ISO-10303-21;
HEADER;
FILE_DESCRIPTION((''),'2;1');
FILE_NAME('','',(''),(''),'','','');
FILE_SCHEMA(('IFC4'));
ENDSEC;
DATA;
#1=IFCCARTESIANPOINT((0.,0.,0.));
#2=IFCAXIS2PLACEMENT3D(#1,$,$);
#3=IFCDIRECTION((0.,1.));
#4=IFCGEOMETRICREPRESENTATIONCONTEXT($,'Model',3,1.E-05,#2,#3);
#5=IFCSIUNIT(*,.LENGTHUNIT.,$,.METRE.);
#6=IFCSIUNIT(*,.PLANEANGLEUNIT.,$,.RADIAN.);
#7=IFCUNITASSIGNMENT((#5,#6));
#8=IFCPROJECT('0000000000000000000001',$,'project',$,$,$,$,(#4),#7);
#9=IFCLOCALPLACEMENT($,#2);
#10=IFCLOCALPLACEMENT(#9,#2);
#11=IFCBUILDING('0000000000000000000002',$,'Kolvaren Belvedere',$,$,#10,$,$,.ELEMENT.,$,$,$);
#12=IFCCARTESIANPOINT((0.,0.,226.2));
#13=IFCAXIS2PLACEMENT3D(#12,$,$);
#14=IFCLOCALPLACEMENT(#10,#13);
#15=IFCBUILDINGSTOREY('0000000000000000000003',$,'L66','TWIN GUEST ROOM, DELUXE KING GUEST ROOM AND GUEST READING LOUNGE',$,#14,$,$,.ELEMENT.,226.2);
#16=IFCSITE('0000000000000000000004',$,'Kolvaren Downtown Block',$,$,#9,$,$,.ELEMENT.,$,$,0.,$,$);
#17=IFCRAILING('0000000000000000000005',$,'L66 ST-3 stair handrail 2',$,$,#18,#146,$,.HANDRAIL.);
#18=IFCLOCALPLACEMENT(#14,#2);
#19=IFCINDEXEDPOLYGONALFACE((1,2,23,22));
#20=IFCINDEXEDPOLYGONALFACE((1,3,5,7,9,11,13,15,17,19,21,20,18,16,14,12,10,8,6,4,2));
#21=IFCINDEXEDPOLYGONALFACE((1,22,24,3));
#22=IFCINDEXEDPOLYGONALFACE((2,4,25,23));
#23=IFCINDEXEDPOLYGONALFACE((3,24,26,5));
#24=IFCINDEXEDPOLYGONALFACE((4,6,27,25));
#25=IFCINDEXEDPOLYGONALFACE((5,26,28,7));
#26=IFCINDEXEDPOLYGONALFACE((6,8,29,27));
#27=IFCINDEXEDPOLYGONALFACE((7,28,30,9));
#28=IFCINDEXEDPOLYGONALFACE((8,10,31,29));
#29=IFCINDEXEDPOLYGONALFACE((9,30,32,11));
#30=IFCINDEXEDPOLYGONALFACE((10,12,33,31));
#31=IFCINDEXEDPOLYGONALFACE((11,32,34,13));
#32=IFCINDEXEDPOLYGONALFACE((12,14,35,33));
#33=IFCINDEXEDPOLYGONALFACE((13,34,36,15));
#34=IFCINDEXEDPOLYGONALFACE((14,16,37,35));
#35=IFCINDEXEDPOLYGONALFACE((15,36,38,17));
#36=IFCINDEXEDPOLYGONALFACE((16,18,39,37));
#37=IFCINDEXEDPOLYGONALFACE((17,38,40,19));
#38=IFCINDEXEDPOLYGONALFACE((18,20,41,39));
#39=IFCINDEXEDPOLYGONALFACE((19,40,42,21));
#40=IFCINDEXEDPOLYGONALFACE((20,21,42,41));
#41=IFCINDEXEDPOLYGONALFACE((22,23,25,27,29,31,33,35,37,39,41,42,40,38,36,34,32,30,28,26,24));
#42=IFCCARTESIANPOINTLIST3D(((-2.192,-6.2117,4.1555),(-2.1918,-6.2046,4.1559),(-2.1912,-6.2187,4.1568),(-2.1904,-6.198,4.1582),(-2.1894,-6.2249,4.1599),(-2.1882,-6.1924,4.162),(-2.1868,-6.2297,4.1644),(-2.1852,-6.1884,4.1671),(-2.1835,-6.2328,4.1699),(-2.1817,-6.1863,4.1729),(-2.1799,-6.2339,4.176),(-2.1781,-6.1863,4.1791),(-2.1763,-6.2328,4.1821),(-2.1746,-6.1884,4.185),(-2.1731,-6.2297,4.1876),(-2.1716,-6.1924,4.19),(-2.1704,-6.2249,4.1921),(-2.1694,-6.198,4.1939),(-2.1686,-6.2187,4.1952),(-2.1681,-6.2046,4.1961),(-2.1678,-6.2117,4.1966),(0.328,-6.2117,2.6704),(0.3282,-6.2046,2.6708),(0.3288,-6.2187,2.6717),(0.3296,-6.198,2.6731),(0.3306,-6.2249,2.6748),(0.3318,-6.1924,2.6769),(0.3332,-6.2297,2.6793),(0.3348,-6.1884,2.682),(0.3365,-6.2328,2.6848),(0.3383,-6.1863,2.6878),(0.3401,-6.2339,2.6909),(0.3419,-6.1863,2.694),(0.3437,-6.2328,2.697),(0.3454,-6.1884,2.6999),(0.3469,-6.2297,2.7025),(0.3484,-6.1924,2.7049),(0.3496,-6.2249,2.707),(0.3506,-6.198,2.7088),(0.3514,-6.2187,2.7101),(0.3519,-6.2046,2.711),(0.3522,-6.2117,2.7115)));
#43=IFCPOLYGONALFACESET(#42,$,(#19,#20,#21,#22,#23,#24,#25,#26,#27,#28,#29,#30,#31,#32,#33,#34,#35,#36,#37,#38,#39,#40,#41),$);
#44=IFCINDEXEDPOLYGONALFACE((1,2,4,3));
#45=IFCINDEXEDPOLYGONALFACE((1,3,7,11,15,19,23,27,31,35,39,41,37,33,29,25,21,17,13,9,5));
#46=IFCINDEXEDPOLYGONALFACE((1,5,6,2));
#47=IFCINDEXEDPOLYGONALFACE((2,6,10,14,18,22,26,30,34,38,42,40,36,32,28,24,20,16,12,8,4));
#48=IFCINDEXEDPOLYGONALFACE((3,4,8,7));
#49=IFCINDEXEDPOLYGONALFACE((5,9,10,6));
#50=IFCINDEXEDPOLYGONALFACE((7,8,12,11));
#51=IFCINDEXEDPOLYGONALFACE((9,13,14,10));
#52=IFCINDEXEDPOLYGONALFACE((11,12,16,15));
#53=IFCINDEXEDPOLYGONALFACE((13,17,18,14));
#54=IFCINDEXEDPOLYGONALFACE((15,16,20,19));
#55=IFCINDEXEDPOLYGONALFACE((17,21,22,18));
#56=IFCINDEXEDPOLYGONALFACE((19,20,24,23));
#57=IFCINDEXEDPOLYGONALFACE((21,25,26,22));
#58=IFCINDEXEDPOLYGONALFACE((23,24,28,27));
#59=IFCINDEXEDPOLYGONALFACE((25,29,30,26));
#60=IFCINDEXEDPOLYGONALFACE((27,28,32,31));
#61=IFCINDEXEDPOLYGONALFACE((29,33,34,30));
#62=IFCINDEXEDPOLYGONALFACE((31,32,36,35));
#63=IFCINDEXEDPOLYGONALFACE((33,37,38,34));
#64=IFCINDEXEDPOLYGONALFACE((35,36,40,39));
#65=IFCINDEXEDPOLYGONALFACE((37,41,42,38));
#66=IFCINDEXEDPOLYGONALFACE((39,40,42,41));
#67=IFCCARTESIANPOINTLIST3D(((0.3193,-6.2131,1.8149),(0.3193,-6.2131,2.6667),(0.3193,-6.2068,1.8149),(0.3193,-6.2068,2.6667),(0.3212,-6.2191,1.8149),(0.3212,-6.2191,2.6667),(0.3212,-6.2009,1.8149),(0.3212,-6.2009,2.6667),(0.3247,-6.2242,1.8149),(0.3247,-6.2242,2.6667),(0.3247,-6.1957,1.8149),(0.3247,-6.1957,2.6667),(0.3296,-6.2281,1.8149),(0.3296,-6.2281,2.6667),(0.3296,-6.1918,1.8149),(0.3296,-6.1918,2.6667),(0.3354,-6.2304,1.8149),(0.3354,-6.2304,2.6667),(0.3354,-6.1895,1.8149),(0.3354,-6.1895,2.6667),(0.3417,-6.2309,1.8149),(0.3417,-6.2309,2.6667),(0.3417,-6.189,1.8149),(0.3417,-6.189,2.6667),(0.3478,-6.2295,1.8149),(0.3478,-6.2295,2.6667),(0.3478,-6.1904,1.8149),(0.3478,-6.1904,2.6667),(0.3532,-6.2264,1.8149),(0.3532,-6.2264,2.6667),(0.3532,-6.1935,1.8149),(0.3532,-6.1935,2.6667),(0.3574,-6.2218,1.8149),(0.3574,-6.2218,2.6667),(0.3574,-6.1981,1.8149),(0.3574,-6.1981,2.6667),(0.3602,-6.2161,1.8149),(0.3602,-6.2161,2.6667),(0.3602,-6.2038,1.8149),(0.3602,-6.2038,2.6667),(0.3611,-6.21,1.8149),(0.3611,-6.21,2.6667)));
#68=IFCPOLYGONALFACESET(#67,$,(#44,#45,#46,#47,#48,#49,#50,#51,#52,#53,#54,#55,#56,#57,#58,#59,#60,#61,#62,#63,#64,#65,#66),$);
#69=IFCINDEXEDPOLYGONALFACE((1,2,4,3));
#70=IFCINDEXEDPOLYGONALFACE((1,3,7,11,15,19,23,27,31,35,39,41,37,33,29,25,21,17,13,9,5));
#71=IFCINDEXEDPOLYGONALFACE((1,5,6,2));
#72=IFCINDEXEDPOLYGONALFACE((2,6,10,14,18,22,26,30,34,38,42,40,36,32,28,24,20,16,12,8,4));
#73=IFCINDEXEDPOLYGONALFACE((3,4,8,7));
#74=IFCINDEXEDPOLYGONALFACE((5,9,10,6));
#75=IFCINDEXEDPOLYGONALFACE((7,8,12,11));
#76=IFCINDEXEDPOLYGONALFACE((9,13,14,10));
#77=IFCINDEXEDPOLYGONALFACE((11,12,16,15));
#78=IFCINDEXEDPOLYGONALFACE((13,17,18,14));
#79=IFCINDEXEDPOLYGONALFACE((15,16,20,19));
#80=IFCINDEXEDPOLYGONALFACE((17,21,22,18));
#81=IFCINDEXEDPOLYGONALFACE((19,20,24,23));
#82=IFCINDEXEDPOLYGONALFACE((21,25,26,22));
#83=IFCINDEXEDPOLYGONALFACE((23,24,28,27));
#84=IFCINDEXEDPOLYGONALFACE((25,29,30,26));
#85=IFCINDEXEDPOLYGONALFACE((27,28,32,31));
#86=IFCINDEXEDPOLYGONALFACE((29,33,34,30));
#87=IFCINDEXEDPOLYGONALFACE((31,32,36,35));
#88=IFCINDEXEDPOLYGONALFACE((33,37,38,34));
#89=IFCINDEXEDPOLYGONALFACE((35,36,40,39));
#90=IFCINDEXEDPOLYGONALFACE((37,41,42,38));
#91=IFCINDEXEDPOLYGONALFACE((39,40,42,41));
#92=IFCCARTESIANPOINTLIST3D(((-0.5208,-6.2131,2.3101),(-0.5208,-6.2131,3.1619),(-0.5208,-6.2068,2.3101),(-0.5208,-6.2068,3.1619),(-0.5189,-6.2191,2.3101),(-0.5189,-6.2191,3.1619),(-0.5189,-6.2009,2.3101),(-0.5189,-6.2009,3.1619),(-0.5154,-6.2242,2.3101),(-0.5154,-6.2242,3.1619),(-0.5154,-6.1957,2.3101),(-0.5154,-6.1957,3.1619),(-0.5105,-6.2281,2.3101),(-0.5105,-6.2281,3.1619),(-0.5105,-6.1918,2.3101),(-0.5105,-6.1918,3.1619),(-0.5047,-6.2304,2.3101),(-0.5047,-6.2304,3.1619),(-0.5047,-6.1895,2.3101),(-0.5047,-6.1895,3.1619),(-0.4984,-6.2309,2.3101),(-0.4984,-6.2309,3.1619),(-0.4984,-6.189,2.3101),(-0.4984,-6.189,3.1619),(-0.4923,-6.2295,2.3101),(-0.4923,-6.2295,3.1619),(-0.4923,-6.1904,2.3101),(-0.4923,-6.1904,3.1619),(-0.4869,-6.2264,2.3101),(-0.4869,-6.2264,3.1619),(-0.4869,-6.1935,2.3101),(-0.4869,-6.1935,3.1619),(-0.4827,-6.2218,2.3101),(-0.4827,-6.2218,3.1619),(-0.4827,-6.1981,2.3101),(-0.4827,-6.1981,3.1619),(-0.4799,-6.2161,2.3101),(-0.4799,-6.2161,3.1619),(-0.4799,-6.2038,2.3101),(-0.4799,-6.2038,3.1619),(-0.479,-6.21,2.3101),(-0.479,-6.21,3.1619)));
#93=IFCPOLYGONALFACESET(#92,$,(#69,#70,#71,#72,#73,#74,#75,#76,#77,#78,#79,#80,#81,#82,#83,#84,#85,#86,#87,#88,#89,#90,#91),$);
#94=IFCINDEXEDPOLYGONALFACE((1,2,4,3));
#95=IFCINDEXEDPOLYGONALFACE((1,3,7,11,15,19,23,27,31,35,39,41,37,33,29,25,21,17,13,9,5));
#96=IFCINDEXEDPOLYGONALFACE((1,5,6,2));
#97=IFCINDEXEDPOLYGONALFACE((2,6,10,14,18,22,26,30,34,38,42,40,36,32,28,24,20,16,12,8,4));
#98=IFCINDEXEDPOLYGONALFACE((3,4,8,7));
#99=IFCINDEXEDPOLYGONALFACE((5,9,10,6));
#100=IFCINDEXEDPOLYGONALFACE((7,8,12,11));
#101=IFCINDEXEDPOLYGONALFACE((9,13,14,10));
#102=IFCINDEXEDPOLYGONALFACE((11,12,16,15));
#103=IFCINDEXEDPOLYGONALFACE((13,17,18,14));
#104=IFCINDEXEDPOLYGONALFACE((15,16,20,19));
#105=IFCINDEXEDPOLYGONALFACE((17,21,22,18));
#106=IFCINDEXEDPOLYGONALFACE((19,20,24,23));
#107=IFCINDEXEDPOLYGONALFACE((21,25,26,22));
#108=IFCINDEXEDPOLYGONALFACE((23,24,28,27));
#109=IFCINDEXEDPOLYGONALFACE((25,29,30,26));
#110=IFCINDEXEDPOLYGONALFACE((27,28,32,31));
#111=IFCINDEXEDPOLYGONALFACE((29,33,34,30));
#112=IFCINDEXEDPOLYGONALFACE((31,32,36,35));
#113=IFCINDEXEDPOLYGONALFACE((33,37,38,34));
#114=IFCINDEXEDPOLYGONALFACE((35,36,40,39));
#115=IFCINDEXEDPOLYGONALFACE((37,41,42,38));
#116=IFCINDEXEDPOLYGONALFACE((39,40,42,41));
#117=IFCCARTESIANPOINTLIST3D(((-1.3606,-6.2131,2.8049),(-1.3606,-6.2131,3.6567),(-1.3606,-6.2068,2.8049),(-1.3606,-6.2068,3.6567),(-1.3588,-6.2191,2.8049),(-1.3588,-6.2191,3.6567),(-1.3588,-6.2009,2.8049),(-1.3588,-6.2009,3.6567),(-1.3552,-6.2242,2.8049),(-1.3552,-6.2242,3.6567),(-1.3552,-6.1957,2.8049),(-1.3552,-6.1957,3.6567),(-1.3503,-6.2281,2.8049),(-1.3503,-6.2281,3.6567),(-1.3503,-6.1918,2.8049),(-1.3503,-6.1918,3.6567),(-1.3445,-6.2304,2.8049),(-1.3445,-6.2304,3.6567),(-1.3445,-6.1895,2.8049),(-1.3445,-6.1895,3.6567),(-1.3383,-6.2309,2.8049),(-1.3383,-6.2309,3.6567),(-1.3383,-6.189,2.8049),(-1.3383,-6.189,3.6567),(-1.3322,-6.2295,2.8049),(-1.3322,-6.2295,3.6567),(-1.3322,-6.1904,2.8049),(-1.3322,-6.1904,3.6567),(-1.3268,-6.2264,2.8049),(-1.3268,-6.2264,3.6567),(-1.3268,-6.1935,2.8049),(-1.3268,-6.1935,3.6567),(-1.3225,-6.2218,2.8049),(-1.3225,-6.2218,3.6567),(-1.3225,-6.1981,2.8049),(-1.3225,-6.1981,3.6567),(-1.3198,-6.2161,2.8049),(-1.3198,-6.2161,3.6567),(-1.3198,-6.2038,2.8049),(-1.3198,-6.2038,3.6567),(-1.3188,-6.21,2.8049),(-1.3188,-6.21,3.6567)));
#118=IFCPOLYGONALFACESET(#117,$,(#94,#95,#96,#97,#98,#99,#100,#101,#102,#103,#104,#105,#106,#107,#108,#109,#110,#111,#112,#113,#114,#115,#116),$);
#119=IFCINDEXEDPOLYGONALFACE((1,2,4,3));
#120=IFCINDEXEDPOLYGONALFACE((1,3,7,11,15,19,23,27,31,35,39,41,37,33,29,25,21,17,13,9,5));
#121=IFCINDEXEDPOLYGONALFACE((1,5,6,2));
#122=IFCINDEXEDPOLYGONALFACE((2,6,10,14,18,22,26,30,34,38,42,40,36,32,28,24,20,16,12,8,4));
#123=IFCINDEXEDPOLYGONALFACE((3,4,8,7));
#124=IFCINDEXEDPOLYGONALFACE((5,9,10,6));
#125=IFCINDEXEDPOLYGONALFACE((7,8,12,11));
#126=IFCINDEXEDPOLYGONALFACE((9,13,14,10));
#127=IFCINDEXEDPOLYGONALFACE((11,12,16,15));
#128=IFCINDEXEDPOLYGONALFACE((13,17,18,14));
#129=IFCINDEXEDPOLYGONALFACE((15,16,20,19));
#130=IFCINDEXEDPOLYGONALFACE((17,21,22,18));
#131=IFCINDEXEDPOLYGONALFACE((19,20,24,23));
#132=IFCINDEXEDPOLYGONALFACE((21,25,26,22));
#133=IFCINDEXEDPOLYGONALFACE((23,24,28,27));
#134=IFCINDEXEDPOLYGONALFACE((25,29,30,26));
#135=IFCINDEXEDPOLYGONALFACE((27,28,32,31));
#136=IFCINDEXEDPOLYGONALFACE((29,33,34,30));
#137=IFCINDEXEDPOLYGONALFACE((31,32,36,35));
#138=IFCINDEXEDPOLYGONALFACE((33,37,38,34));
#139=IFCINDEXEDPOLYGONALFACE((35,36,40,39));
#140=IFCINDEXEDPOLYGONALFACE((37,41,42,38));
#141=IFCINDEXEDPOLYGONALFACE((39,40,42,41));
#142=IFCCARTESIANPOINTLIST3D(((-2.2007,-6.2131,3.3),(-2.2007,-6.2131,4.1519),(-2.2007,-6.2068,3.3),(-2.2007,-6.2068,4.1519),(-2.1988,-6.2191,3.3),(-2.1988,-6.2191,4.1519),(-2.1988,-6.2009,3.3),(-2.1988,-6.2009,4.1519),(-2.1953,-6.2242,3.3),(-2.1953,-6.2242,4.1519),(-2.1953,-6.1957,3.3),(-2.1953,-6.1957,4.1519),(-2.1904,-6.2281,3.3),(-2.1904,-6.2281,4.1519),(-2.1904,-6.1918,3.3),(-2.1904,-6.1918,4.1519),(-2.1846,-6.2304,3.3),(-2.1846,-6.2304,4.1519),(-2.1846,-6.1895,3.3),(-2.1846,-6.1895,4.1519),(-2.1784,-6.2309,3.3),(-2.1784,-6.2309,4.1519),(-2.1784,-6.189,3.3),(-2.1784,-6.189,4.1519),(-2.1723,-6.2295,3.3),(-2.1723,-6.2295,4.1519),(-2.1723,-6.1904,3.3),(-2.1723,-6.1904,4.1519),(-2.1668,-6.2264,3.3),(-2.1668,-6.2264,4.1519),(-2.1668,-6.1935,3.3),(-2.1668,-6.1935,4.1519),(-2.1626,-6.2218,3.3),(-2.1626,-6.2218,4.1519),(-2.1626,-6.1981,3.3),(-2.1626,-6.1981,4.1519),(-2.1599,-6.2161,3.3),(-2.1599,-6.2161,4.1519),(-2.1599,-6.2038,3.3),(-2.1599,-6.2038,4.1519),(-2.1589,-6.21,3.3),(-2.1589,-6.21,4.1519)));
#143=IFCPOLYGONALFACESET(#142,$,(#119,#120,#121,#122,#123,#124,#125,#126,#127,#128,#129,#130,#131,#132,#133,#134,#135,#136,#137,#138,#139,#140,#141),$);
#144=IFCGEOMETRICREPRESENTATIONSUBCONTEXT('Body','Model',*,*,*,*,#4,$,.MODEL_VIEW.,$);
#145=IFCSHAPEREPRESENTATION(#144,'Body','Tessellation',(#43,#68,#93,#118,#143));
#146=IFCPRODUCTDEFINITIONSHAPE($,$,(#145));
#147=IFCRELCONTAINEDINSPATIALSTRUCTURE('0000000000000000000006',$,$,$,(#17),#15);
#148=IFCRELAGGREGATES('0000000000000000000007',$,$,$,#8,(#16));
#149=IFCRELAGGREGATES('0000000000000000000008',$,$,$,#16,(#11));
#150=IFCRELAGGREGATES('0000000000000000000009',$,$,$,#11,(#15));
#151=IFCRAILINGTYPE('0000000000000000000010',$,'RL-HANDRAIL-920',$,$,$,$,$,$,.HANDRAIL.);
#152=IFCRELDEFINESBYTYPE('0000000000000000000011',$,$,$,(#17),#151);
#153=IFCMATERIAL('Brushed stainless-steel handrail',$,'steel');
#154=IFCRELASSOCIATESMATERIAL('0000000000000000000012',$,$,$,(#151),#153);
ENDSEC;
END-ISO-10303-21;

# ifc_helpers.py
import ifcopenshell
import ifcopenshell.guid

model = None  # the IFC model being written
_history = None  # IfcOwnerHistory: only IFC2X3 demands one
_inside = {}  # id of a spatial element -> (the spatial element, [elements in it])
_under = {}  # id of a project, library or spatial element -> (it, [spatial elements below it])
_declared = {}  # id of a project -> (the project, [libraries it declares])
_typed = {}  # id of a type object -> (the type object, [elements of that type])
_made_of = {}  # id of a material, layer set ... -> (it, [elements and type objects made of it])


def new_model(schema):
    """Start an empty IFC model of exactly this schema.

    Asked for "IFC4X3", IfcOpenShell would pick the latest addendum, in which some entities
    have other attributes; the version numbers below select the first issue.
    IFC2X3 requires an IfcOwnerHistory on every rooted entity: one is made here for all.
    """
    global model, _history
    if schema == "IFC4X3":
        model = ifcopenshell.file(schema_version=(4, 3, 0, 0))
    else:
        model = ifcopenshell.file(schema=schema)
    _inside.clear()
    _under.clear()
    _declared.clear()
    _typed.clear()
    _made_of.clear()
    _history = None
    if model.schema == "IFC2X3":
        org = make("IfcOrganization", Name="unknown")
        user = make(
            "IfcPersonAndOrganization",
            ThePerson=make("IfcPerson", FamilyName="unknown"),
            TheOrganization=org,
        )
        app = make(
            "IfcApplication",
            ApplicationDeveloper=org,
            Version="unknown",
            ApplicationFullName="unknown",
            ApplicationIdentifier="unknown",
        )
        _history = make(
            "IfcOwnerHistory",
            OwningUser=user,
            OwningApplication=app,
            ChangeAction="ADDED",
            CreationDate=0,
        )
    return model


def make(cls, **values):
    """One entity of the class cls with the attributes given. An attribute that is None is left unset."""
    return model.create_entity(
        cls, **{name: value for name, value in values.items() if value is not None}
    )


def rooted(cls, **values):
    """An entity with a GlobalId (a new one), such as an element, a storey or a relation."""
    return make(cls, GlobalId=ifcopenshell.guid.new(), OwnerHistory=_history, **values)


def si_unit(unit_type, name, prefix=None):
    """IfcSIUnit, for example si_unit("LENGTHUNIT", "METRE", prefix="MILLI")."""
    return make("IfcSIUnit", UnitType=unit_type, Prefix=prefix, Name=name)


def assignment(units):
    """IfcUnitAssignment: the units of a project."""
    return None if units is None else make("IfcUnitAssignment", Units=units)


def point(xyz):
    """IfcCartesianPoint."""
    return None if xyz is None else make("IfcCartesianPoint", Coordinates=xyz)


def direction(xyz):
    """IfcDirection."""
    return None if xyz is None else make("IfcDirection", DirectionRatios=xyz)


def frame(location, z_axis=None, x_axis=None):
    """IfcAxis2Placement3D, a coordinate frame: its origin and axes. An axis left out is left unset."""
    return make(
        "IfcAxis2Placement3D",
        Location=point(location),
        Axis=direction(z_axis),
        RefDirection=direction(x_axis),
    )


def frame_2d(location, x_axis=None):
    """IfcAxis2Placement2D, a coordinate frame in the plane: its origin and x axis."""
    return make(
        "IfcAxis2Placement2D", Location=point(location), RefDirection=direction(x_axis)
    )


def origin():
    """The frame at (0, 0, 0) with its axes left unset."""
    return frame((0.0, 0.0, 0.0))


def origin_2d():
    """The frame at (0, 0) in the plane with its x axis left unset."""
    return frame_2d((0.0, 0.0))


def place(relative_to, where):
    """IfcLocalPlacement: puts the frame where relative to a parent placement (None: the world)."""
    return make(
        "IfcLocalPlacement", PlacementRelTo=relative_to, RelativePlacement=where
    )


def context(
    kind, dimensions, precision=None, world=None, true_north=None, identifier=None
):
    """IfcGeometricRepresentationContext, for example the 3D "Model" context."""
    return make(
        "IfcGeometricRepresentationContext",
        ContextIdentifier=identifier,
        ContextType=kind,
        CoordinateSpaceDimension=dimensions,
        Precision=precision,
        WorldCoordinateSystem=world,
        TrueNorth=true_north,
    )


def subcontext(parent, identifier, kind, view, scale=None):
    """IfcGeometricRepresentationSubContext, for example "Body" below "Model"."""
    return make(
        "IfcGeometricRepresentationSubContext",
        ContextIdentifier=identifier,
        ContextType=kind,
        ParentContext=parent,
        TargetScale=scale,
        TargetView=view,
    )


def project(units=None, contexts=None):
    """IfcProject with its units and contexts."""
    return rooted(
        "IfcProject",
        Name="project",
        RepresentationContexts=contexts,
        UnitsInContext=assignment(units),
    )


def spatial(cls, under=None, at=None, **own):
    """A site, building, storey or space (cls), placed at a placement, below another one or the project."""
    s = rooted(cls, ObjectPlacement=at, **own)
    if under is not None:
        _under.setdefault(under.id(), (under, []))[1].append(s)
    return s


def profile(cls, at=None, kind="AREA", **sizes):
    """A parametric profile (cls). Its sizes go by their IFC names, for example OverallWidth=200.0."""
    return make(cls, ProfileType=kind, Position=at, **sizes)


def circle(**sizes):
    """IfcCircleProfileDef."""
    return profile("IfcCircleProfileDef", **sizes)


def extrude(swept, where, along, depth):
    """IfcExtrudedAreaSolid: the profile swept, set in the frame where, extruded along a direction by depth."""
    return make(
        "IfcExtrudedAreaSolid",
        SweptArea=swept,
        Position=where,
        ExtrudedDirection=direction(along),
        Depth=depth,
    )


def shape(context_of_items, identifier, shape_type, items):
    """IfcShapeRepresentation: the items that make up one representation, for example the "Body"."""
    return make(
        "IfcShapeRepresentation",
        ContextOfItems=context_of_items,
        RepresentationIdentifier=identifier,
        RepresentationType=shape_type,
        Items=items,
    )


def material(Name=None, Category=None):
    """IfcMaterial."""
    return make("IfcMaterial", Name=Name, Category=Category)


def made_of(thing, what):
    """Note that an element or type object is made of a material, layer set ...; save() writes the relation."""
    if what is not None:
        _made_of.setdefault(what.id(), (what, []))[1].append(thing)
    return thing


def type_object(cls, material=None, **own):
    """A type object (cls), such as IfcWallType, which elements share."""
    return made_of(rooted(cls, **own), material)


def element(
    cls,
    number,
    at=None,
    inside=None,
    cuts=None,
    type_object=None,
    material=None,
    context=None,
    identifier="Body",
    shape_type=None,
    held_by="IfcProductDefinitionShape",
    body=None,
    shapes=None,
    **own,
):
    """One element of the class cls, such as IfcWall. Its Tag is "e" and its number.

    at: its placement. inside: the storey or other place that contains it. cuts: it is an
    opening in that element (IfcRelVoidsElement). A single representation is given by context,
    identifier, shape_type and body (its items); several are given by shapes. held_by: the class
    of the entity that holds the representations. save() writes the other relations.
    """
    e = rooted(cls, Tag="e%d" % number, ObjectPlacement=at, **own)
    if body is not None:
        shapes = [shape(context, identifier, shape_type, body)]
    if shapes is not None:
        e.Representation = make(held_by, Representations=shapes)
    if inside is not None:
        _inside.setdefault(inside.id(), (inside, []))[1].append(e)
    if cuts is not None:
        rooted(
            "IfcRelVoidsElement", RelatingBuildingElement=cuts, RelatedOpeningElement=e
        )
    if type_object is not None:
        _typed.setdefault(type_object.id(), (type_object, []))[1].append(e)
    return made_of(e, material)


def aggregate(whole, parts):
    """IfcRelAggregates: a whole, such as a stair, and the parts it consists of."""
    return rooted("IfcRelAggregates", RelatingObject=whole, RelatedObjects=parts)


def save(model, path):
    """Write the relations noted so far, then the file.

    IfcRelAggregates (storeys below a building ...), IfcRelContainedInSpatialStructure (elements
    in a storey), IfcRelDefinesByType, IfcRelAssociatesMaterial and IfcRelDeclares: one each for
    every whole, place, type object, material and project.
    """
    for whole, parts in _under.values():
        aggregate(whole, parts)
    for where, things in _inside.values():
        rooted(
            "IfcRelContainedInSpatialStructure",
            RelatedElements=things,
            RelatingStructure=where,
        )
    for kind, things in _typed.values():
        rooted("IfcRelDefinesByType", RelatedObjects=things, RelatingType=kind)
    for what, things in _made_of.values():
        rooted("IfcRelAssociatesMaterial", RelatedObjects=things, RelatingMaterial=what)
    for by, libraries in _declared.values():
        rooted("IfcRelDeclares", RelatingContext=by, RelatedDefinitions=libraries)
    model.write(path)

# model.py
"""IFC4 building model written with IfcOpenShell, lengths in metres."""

from ifc_helpers import new_model, si_unit, direction, frame, origin, origin_2d, place, context, subcontext, project, spatial, circle, extrude, material, type_object, element, save


model = new_model("IFC4")

# Units and contexts
model_context = context("Model", 3, precision=1e-05, world=origin(), true_north=direction((0.0, 1.0)))
body_context = subcontext(model_context, "Body", "Model", "MODEL_VIEW")
ifc_project = project(units=[si_unit("LENGTHUNIT", "METRE"), si_unit("PLANEANGLEUNIT", "RADIAN")], contexts=[model_context])

# Site, building, storey
site_placement = place(None, origin())
site = spatial("IfcSite", under=ifc_project, at=site_placement, Name="Kolvaren Downtown Block", CompositionType="ELEMENT", RefElevation=0.0)
building_placement = place(site_placement, origin())
building = spatial("IfcBuilding", under=site, at=building_placement, Name="Kolvaren Belvedere", CompositionType="ELEMENT")
storey_placement = place(building_placement, frame((0.0, 0.0, 226.2)))
storey = spatial("IfcBuildingStorey", under=building, at=storey_placement, Name="L66", Description="TWIN GUEST ROOM, DELUXE KING GUEST ROOM AND GUEST READING LOUNGE", CompositionType="ELEMENT", Elevation=226.2)

# Railing
ifc_material_1 = material(Name="Brushed stainless-steel handrail", Category="steel")
railing_type_1 = type_object("IfcRailingType", Name="RL-HANDRAIL-920", PredefinedType="HANDRAIL", material=ifc_material_1)
railing_1_placement = place(storey_placement, frame((0.3401, -6.21, 1.8149)))
element("IfcRailing", 1, at=railing_1_placement, inside=storey, type_object=railing_type_1, Name="L66 ST-3 stair handrail 2", PredefinedType="HANDRAIL", context=body_context, shape_type="SweptSolid", body=[
    extrude(circle(Radius=0.0239, at=origin_2d()), frame((0.0, 0.0, 0.876), z_axis=(-0.861524, 0.0, 0.507717), x_axis=(0.0, -1.0, 0.0)), (0.0, 0.0, 1.0), 2.925),
    extrude(circle(Radius=0.021, at=origin_2d()), origin(), (0.0, 0.0, 1.0), 0.8518),
    extrude(circle(Radius=0.021, at=origin_2d()), frame((-0.8401, 0.0, 0.4951)), (0.0, 0.0, 1.0), 0.8518),
    extrude(circle(Radius=0.021, at=origin_2d()), frame((-1.6799, 0.0, 0.99)), (0.0, 0.0, 1.0), 0.8518),
    extrude(circle(Radius=0.021, at=origin_2d()), frame((-2.52, 0.0, 1.4851)), (0.0, 0.0, 1.0), 0.8518),
])

save(model, "model.ifc")
